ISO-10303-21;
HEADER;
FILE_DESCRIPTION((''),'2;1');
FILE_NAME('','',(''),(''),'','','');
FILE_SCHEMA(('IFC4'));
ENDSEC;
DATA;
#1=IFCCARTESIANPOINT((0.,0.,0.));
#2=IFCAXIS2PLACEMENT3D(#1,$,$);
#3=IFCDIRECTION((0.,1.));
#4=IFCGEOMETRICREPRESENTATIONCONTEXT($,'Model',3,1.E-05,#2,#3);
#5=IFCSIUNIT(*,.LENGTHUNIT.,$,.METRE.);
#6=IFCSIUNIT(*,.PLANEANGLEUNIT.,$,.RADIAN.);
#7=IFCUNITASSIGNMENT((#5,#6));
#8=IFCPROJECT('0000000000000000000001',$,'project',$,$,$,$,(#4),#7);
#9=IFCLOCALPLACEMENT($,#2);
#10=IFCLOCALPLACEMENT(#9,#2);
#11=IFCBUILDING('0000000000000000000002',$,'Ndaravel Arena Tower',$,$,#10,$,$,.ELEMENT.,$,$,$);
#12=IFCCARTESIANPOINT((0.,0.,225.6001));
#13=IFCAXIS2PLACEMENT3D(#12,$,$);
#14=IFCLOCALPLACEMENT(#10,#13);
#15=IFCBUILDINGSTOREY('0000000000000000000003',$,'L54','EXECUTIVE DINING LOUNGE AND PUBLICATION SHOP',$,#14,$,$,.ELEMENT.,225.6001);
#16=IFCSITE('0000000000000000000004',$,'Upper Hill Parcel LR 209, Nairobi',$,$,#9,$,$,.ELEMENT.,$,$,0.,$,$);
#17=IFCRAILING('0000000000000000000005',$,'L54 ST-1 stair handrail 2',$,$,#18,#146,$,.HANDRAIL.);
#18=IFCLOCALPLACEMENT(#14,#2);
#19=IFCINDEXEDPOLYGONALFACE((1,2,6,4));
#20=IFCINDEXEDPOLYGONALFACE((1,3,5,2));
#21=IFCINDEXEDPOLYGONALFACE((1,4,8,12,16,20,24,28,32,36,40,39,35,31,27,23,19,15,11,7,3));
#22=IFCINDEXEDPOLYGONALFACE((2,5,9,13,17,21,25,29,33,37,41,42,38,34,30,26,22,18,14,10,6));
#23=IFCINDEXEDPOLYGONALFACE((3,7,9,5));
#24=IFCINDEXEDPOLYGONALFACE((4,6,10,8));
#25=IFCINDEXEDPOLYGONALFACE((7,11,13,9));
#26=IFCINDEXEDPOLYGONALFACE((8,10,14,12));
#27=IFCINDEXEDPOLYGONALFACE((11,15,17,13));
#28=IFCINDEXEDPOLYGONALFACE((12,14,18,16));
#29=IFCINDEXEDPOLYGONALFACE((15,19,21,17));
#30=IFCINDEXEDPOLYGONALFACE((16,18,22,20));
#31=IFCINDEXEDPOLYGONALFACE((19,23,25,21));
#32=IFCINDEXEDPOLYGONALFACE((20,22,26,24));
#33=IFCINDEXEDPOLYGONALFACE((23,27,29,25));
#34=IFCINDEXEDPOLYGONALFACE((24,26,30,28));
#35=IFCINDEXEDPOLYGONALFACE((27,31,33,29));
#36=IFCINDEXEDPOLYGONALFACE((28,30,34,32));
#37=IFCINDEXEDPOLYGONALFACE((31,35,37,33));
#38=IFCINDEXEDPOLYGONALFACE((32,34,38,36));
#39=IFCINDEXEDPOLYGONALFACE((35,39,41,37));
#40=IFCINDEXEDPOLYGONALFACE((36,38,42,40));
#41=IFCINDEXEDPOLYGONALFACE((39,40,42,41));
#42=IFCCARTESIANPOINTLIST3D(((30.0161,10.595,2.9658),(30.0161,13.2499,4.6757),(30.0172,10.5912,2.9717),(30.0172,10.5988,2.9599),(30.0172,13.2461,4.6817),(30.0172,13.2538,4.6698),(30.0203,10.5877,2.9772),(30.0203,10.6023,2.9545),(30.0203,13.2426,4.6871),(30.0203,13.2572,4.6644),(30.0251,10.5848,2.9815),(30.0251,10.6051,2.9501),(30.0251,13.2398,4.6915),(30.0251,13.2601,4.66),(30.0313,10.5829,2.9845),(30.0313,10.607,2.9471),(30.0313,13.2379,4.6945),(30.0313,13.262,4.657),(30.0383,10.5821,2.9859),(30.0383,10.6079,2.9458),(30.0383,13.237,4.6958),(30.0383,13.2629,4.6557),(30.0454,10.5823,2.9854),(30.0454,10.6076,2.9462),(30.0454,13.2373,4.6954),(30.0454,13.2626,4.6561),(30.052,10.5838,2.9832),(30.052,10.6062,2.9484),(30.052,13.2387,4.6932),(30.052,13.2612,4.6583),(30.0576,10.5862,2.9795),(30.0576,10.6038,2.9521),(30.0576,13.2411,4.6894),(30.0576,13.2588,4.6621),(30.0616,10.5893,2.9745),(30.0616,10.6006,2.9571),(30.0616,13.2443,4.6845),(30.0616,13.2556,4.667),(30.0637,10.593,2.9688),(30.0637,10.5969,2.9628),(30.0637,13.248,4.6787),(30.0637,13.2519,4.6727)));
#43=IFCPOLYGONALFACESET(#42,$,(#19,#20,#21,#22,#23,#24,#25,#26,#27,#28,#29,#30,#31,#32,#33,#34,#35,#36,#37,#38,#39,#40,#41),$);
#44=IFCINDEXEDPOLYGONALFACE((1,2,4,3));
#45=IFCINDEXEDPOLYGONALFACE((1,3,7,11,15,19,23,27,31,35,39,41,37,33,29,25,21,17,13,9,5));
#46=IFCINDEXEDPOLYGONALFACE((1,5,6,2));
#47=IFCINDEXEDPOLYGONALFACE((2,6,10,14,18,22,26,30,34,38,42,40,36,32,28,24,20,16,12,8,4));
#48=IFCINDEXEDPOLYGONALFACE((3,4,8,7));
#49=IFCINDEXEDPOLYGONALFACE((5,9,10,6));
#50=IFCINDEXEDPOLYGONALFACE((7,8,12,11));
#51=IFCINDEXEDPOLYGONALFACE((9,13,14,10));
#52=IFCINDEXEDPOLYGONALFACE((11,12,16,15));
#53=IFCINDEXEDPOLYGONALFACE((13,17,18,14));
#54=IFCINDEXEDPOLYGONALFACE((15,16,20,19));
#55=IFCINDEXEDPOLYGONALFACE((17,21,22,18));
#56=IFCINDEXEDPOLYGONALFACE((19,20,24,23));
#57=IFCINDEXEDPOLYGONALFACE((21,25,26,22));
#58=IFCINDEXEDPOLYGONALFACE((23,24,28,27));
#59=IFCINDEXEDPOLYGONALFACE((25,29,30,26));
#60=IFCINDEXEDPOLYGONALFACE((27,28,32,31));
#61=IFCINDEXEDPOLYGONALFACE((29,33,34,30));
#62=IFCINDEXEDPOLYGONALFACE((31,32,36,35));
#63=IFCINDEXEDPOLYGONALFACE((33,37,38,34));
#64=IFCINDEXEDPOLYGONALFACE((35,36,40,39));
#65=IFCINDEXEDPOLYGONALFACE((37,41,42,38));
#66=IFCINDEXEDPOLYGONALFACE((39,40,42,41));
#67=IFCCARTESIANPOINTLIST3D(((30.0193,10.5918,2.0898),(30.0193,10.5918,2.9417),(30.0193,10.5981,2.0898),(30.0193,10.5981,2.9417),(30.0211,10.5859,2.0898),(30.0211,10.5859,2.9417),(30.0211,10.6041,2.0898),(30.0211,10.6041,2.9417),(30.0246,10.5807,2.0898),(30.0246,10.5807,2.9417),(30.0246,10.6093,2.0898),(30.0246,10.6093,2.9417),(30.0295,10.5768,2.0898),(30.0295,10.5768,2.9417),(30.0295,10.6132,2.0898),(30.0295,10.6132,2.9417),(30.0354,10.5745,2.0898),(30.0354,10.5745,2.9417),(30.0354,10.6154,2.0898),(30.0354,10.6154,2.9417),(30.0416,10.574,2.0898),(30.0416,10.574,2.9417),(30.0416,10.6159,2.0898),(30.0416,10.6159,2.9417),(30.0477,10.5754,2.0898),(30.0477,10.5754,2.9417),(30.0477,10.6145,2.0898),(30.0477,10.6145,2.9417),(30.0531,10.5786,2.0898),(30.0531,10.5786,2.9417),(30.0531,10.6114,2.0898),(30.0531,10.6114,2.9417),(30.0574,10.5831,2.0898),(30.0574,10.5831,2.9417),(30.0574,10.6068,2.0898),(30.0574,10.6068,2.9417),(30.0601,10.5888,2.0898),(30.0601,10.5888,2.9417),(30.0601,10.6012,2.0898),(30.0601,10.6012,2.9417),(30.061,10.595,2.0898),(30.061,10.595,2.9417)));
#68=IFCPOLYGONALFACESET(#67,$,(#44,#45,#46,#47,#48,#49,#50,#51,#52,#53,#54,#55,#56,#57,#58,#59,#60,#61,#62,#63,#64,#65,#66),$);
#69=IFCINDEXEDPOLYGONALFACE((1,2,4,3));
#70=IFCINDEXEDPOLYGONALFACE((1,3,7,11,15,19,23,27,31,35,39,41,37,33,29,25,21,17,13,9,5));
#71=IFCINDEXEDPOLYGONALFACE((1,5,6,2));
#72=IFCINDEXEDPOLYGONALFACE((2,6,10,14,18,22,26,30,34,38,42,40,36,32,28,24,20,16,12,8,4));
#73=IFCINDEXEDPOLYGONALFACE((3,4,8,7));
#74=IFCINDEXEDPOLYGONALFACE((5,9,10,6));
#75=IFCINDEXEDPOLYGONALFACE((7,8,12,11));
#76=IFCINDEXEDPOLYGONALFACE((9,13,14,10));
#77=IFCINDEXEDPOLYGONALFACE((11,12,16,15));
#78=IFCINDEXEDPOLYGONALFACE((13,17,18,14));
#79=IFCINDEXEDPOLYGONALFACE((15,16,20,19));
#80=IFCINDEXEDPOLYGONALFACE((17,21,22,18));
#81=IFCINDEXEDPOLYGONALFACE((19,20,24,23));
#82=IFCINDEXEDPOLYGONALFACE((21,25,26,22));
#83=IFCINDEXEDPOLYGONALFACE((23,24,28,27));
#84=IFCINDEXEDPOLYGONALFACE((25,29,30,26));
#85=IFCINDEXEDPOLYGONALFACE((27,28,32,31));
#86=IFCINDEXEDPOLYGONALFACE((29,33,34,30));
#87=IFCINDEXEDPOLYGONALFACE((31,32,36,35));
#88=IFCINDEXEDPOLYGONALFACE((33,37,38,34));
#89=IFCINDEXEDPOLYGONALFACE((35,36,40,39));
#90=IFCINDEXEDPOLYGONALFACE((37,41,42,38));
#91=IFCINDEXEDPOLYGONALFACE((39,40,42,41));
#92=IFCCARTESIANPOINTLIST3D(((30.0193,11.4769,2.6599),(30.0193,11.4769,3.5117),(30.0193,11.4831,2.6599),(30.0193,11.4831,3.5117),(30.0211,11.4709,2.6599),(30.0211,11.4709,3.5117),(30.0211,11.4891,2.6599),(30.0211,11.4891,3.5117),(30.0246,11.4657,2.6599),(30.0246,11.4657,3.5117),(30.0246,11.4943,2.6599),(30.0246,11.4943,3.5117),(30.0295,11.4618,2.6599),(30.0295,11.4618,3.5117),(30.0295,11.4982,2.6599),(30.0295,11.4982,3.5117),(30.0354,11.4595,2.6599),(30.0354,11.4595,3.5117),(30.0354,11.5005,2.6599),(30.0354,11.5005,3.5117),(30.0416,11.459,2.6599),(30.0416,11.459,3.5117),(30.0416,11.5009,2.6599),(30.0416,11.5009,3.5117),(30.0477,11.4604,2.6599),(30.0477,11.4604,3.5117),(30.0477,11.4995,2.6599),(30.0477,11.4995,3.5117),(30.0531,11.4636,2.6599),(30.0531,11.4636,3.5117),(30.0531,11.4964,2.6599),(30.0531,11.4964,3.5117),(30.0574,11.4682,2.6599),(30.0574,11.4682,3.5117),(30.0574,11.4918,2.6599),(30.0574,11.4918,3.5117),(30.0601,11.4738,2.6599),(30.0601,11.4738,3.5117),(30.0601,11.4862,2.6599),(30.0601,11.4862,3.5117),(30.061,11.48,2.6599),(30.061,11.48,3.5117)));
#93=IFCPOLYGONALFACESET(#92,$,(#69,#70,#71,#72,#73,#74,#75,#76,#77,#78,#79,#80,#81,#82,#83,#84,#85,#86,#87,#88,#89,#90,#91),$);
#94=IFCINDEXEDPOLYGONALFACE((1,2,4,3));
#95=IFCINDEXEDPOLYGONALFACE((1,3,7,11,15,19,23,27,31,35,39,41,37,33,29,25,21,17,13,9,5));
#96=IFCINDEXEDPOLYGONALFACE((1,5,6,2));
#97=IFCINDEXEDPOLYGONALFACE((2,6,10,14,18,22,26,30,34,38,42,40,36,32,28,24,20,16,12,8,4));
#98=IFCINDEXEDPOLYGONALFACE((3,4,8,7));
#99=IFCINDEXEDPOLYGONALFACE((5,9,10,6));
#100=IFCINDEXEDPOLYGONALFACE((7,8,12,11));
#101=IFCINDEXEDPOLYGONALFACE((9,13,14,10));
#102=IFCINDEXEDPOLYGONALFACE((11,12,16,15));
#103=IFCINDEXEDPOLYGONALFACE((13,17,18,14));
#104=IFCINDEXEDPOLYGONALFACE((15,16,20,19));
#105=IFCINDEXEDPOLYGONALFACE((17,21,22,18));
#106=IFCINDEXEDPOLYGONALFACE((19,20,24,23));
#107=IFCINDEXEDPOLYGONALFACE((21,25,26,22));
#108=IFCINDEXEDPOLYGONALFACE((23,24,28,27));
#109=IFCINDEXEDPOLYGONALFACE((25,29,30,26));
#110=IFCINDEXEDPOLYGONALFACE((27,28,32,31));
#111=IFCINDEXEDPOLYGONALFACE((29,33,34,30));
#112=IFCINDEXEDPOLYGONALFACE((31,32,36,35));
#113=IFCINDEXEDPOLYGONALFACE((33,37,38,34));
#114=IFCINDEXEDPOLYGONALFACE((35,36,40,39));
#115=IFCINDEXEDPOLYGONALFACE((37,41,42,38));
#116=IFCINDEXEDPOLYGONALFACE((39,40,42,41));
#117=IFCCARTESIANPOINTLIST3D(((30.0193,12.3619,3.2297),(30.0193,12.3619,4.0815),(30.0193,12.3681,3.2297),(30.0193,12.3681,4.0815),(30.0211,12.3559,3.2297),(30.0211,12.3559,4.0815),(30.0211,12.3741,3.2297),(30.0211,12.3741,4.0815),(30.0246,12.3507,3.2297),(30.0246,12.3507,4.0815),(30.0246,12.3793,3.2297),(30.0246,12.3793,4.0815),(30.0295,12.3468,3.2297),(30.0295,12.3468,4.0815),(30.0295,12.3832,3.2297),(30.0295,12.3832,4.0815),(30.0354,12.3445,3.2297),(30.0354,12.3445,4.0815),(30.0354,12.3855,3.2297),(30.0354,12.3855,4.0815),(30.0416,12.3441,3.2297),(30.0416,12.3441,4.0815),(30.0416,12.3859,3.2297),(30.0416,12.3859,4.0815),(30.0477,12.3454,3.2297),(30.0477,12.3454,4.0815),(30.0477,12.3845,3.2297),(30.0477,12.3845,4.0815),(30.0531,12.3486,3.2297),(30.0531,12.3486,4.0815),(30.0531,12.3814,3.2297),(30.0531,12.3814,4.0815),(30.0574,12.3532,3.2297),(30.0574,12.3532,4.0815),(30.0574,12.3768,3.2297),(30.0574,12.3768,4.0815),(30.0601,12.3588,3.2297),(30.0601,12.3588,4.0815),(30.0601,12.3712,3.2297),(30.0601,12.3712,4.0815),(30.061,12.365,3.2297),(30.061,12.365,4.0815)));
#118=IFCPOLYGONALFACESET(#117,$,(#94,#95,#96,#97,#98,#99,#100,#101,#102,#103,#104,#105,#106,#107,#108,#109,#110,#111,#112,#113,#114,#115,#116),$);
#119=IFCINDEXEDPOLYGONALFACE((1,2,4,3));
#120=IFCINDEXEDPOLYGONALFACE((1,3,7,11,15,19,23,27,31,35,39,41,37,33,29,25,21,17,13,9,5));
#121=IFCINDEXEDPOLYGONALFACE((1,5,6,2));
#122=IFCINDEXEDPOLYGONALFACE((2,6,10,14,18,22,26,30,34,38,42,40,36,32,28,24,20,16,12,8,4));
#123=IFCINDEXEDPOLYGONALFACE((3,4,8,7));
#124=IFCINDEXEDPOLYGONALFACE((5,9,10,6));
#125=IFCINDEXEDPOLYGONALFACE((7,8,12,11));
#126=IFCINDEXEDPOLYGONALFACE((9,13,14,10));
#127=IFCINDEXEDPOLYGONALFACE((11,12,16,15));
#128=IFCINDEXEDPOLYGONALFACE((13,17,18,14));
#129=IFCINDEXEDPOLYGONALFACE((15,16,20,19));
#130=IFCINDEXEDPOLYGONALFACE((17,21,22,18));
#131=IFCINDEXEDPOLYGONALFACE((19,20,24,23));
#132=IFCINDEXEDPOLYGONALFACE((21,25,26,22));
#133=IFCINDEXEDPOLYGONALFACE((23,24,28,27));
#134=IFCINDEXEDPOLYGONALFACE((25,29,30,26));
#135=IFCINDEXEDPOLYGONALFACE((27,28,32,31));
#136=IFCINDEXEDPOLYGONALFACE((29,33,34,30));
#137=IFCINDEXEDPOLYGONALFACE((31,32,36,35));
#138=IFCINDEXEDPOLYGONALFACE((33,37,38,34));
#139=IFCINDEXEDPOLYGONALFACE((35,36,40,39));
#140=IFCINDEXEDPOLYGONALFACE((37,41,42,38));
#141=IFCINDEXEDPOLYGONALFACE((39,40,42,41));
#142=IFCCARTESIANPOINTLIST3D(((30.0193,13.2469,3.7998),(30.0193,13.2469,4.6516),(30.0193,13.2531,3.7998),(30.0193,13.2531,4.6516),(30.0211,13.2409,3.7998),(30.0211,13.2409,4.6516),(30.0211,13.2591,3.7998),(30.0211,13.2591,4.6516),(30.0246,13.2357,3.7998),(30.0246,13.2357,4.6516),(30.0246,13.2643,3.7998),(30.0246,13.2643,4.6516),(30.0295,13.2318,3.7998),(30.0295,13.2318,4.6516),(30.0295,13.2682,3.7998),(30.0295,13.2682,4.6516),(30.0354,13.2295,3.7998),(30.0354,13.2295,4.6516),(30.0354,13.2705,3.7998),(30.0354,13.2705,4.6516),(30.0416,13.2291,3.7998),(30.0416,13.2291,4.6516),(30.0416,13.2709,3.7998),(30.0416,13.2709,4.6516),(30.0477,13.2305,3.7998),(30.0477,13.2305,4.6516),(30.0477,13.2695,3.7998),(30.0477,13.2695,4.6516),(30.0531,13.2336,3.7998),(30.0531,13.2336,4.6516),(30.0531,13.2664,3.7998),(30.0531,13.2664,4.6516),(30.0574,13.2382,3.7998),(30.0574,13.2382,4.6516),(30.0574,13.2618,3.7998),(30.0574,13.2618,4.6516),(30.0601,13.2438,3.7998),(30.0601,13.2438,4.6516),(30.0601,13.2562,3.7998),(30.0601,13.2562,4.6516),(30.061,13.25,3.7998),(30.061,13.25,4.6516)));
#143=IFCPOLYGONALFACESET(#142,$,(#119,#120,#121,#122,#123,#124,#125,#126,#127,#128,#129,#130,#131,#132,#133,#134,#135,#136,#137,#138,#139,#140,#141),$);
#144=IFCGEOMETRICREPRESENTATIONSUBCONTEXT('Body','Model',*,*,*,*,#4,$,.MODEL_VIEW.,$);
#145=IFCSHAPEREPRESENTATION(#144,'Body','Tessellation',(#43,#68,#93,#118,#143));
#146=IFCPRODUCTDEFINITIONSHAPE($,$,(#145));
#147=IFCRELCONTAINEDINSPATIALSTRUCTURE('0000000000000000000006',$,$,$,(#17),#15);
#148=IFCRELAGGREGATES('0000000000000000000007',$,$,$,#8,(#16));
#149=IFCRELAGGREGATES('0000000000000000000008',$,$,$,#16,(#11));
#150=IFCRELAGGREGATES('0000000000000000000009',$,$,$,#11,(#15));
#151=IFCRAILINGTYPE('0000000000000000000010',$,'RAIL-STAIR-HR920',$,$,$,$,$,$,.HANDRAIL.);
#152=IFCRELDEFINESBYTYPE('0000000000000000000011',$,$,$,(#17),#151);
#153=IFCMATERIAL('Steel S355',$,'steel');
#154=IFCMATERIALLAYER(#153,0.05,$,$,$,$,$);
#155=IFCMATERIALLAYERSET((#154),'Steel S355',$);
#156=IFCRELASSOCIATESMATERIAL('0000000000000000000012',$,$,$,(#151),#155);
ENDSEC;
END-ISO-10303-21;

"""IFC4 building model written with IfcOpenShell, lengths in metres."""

from ifc_helpers import new_model, si_unit, direction, frame, origin, origin_2d, place, context, subcontext, project, spatial, circle, extrude, material, layer, layer_set, type_object, element, save


model = new_model("IFC4")

# Units and contexts
model_context = context("Model", 3, precision=1e-05, world=origin(), true_north=direction((0.0, 1.0)))
body_context = subcontext(model_context, "Body", "Model", "MODEL_VIEW")
ifc_project = project(units=[si_unit("LENGTHUNIT", "METRE"), si_unit("PLANEANGLEUNIT", "RADIAN")], contexts=[model_context])

# Site, building, storey
site_placement = place(None, origin())
site = spatial("IfcSite", under=ifc_project, at=site_placement, Name="Upper Hill Parcel LR 209, Nairobi", CompositionType="ELEMENT", RefElevation=0.0)
building_placement = place(site_placement, origin())
building = spatial("IfcBuilding", under=site, at=building_placement, Name="Ndaravel Arena Tower", CompositionType="ELEMENT")
storey_placement = place(building_placement, frame((0.0, 0.0, 225.6001)))
storey = spatial("IfcBuildingStorey", under=building, at=storey_placement, Name="L54", Description="EXECUTIVE DINING LOUNGE AND PUBLICATION SHOP", CompositionType="ELEMENT", Elevation=225.6001)

# Railing
ifc_material_1 = material(Name="Steel S355", Category="steel")
ifc_layer_1 = layer(ifc_material_1, 0.05)
ifc_layer_set_1 = layer_set([ifc_layer_1], Name="Steel S355")
railing_type_1 = type_object("IfcRailingType", Name="RAIL-STAIR-HR920", PredefinedType="HANDRAIL", material=ifc_layer_set_1)
railing_1_placement = place(storey_placement, frame((30.04, 10.595, 2.0898)))
element("IfcRailing", 1, at=railing_1_placement, inside=storey, type_object=railing_type_1, Name="L54 ST-1 stair handrail 2", PredefinedType="HANDRAIL", context=body_context, shape_type="SweptSolid", body=[
    extrude(circle(Radius=0.0239, at=origin_2d()), frame((0.0, 0.0, 0.876), z_axis=(0.0, 0.840724, 0.541465), x_axis=(-1.0, 0.0, 0.0)), (0.0, 0.0, 1.0), 3.158),
    extrude(circle(Radius=0.021, at=origin_2d()), origin(), (0.0, 0.0, 1.0), 0.8518),
    extrude(circle(Radius=0.021, at=origin_2d()), frame((0.0, 0.885, 0.5701)), (0.0, 0.0, 1.0), 0.8518),
    extrude(circle(Radius=0.021, at=origin_2d()), frame((0.0, 1.77, 1.1399)), (0.0, 0.0, 1.0), 0.8518),
    extrude(circle(Radius=0.021, at=origin_2d()), frame((0.0, 2.655, 1.71)), (0.0, 0.0, 1.0), 0.8518),
])

save(model, "model.ifc")
